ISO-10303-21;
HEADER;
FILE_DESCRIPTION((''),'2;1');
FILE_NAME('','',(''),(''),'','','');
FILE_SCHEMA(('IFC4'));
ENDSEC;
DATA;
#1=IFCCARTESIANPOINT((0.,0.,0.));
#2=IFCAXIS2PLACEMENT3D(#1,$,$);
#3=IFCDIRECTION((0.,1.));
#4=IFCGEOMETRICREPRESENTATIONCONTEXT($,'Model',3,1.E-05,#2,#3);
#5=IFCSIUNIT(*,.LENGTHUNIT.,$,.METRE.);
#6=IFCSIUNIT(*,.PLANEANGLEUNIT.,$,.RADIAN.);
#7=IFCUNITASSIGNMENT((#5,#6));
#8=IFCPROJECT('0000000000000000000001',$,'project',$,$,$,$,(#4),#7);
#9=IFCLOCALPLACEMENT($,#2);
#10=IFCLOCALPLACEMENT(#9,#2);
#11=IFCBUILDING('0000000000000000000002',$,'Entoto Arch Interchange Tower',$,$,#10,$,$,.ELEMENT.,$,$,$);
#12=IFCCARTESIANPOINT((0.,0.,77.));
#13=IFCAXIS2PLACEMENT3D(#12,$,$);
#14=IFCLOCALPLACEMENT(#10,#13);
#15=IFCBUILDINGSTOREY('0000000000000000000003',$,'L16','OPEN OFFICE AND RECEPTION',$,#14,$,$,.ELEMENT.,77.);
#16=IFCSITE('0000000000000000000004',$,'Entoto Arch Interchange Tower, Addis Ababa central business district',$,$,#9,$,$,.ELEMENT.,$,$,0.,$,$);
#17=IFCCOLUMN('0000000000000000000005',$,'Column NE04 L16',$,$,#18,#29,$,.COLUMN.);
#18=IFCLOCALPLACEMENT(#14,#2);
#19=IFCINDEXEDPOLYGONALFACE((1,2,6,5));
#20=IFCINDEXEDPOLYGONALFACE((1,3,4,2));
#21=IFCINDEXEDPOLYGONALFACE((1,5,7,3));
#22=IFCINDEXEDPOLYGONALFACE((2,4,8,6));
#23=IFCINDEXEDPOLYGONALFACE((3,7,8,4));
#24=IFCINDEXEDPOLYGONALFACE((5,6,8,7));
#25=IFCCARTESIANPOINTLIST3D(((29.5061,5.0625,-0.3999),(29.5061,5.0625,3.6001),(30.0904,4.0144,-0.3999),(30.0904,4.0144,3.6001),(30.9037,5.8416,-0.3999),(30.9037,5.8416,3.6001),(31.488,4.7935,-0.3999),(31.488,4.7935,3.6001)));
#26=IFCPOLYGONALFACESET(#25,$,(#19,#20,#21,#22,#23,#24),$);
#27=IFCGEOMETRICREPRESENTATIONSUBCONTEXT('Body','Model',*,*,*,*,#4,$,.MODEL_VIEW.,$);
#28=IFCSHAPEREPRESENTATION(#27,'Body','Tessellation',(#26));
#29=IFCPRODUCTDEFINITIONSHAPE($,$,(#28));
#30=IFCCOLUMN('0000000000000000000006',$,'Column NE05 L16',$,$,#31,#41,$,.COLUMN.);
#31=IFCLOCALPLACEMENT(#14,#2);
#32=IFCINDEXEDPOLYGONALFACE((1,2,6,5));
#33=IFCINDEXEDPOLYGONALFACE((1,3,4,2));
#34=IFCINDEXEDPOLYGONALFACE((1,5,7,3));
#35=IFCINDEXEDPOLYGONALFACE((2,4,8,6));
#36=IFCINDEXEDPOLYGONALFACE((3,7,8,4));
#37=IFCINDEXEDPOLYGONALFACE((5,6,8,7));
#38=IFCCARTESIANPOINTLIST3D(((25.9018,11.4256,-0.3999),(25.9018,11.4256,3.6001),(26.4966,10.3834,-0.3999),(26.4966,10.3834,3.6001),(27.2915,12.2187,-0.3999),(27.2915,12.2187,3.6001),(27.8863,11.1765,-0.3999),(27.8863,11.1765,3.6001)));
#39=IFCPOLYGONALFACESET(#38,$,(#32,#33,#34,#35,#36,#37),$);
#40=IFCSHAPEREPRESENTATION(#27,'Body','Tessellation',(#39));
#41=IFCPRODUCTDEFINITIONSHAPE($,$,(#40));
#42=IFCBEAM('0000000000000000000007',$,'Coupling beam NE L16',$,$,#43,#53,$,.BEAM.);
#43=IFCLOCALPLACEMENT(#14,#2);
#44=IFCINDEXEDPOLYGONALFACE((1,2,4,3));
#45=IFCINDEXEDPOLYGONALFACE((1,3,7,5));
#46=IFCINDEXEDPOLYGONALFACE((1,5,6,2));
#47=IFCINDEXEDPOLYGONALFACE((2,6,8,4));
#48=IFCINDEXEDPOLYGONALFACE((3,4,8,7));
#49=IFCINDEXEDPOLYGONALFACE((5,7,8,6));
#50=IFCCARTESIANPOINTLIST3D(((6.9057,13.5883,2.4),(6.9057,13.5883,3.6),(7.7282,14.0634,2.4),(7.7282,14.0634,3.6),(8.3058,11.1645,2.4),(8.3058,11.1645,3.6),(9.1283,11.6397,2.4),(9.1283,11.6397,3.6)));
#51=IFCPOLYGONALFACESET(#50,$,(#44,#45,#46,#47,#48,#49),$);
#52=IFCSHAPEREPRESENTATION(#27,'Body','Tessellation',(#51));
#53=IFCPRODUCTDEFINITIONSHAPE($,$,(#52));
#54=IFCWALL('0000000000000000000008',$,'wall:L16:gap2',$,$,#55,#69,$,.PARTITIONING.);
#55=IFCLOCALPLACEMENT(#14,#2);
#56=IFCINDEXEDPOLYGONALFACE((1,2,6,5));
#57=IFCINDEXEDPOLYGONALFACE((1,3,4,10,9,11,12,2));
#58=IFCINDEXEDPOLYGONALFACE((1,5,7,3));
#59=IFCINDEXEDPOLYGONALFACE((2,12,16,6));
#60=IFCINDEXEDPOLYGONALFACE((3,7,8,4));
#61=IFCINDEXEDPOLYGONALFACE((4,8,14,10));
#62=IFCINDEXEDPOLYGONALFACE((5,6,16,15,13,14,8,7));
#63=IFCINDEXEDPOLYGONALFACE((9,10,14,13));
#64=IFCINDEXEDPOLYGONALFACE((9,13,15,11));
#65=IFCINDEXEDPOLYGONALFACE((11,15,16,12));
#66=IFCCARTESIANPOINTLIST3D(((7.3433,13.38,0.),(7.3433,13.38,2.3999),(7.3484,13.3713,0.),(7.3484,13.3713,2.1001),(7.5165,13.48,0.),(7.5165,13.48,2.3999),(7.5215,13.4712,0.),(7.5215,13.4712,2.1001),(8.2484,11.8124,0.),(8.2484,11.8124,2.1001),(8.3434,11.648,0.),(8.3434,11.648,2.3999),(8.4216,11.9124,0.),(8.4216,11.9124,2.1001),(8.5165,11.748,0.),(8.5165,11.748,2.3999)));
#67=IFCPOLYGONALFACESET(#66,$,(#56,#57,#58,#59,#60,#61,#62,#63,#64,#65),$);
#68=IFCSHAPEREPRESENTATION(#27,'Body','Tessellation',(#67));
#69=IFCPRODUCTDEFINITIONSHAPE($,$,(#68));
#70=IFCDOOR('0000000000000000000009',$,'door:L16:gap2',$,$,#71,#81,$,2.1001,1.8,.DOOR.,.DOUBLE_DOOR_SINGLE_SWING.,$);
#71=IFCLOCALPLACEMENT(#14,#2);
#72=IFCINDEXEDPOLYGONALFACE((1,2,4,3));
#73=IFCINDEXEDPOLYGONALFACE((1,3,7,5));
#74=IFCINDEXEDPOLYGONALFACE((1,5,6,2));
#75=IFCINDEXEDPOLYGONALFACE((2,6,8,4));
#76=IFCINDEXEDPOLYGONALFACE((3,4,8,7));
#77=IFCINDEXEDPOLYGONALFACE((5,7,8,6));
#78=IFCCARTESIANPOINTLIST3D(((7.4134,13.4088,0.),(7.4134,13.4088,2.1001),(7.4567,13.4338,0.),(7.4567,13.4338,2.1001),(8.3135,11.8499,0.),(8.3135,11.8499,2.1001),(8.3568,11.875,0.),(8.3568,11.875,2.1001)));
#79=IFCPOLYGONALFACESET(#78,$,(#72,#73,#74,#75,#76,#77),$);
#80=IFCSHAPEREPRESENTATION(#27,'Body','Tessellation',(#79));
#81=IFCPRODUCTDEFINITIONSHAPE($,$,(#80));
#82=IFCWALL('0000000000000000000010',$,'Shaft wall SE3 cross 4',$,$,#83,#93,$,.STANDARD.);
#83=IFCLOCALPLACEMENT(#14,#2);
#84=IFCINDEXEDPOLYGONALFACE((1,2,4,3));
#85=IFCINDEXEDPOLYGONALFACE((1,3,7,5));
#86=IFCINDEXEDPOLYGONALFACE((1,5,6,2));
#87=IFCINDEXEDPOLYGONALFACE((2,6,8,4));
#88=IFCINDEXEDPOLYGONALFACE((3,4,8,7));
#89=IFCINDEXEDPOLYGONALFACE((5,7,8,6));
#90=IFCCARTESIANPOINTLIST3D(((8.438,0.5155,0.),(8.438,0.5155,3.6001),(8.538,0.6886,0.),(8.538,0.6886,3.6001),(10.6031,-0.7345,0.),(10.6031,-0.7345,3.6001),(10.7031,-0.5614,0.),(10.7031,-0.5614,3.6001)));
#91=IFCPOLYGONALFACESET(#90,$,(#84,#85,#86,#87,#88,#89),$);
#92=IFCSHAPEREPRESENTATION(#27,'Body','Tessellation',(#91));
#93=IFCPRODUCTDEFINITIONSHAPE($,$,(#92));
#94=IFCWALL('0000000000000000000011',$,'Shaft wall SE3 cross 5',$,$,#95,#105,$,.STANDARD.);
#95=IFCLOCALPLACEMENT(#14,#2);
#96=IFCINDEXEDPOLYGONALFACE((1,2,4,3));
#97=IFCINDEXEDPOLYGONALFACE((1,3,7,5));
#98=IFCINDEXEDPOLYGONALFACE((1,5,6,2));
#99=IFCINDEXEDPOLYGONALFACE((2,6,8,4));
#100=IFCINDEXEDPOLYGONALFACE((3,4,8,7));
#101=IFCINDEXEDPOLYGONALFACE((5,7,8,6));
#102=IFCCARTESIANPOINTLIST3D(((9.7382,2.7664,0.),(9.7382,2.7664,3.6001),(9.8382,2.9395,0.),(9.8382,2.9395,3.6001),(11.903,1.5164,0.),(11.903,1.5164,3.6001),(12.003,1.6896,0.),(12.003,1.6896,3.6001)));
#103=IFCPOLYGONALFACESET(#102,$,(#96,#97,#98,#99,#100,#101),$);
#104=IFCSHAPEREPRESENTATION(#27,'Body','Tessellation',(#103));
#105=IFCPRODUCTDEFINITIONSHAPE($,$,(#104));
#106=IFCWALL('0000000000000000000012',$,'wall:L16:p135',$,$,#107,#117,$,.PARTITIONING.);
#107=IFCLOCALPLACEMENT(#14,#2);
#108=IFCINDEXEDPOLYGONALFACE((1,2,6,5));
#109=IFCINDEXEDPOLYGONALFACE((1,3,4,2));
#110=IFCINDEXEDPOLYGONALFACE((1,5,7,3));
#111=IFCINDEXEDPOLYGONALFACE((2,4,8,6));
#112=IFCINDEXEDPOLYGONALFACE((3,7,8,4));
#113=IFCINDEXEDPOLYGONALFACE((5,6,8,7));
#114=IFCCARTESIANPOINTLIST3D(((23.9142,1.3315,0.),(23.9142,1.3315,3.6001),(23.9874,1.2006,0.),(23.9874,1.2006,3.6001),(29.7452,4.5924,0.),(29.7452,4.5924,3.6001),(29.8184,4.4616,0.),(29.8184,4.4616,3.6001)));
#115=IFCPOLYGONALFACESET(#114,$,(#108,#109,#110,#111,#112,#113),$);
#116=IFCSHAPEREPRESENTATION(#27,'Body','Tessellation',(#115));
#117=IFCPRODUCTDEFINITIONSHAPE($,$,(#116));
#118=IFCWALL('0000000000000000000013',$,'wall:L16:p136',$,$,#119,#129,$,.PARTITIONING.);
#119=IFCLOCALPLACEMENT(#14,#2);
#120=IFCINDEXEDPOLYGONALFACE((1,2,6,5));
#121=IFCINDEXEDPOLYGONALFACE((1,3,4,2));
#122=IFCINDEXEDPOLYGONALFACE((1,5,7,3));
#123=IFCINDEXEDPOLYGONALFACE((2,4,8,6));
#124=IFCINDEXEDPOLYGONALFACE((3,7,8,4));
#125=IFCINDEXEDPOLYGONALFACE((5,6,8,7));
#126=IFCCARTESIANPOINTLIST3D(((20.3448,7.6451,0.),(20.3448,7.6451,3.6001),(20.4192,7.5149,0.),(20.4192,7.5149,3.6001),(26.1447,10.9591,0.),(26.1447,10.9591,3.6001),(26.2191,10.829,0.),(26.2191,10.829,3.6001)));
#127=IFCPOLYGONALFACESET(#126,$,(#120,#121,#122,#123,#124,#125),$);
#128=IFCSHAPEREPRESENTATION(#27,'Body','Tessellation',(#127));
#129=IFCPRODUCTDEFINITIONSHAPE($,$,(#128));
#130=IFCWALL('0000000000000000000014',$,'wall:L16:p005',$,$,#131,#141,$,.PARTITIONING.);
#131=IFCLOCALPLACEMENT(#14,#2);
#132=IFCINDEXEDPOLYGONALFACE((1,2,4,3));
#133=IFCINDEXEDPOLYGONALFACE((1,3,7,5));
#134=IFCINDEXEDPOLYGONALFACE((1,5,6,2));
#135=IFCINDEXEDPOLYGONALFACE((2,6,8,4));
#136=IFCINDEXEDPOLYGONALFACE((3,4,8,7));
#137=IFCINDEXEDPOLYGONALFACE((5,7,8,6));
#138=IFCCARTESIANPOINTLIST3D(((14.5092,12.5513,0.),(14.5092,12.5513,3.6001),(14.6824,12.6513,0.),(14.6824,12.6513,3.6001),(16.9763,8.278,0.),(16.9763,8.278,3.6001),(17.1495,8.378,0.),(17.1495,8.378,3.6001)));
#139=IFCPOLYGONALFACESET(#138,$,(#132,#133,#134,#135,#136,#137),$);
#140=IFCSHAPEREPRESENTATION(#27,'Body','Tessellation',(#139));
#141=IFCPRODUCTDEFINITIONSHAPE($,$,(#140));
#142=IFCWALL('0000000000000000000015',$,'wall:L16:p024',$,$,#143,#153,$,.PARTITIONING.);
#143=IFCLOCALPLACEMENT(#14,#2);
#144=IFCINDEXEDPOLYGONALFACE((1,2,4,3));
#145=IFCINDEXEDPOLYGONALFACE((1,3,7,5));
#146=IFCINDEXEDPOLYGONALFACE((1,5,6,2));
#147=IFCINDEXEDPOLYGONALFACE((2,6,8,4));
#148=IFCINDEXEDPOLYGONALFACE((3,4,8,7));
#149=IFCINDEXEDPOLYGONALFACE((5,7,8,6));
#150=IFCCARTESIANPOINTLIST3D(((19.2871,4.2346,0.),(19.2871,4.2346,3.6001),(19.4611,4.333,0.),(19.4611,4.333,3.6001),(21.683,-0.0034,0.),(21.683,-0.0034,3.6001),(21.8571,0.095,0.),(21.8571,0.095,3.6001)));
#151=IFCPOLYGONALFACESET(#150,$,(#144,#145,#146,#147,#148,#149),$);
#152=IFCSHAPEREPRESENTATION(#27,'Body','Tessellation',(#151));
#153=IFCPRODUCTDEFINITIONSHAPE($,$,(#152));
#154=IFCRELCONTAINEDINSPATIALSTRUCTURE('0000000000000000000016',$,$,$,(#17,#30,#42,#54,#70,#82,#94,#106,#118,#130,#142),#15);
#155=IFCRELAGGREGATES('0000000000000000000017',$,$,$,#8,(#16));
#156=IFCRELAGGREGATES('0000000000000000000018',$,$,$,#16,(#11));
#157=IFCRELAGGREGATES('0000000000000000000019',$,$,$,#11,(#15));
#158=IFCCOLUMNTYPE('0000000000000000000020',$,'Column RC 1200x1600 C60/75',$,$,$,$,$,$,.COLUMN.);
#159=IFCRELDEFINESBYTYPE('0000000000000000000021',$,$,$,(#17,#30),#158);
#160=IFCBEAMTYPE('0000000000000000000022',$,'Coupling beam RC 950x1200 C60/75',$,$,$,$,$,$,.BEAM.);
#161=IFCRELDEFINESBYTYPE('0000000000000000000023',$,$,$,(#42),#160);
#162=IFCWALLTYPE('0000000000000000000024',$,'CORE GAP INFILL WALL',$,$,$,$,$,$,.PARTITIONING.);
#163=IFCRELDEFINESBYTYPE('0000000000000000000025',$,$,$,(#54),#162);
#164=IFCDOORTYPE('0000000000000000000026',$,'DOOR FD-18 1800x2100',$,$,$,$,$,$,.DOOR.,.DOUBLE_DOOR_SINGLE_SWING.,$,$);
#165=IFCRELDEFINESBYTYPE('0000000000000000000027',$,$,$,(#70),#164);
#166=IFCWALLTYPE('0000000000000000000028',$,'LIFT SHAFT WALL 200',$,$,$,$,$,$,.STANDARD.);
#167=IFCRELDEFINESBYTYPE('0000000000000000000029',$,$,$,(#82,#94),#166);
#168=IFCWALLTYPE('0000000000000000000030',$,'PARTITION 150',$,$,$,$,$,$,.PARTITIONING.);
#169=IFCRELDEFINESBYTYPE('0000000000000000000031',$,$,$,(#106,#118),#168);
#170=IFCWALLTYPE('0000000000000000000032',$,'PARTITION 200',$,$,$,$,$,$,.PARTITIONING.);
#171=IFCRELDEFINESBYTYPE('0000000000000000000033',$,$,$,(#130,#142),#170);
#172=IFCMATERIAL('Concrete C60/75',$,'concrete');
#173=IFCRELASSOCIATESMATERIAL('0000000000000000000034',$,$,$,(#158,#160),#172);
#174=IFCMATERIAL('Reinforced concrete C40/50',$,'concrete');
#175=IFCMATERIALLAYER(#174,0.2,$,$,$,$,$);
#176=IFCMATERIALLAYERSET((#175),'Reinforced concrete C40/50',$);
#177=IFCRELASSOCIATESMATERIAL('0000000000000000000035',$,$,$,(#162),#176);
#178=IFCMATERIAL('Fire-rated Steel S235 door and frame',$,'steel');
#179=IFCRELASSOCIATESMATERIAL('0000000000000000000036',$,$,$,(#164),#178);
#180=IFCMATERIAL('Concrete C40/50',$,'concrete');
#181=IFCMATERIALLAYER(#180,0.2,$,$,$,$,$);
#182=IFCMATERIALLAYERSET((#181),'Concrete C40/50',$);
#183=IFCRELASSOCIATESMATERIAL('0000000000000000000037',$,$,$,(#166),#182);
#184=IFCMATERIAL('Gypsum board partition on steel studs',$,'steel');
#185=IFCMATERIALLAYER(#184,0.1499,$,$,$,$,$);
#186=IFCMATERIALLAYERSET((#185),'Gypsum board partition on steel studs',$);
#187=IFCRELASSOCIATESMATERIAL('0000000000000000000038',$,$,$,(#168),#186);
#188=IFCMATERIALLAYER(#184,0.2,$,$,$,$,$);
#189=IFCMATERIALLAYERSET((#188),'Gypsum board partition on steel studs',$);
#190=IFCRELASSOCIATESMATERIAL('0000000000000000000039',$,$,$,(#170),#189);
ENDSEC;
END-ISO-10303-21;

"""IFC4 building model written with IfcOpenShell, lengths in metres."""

from ifc_helpers import new_model, si_unit, direction, frame, frame_2d, origin, origin_2d, place, context, subcontext, project, spatial, rectangle, extrude, material, layer, layer_set, material_profile, profile_set, type_object, element, fill, save


model = new_model("IFC4")

# Units and contexts
model_context = context("Model", 3, precision=1e-05, world=origin(), true_north=direction((0.0, 1.0)))
body_context = subcontext(model_context, "Body", "Model", "MODEL_VIEW")
ifc_project = project(units=[si_unit("LENGTHUNIT", "METRE"), si_unit("PLANEANGLEUNIT", "RADIAN")], contexts=[model_context])

# Site, building, storey
site_placement = place(None, origin())
site = spatial("IfcSite", under=ifc_project, at=site_placement, Name="Entoto Arch Interchange Tower, Addis Ababa central business district", CompositionType="ELEMENT", RefElevation=0.0)
building_placement = place(site_placement, origin())
building = spatial("IfcBuilding", under=site, at=building_placement, Name="Entoto Arch Interchange Tower", CompositionType="ELEMENT")
storey_placement = place(building_placement, frame((0.0, 0.0, 77.0)))
storey = spatial("IfcBuildingStorey", under=building, at=storey_placement, Name="L16", Description="OPEN OFFICE AND RECEPTION", CompositionType="ELEMENT", Elevation=77.0)

# Columns
ifc_material_1 = material(Name="Concrete C60/75", Category="concrete")
ifc_material_profile_1 = material_profile(ifc_material_1, rectangle(XDim=1.2, YDim=1.6001, at=origin_2d()))
ifc_profile_set_1 = profile_set([ifc_material_profile_1], Name="Concrete C60/75")
column_type = type_object("IfcColumnType", Name="Column RC 1200x1600 C60/75", PredefinedType="COLUMN", material=ifc_profile_set_1)
for number, where, z_axis, x_axis, name in (
    (1, (30.4971, 4.928, -0.3999), (0.0, 0.0, 1.0), (-0.486915, 0.873449, 0.0), "Column NE04 L16"),
    (2, (26.894, 11.301, -0.3999), (0.0, 0.0, 1.0), (-0.495656, 0.868519, 0.0), "Column NE05 L16"),
):
    element("IfcColumn", number, at=place(storey_placement, frame(where, z_axis=z_axis, x_axis=x_axis)), inside=storey, type_object=column_type, Name=name, PredefinedType="COLUMN", context=body_context, shape_type="SweptSolid", body=[
        extrude(rectangle(XDim=1.2, YDim=1.6001, at=origin_2d()), origin(), (0.0, 0.0, 1.0), 4.0),
    ])

# Beam
ifc_material_profile_2 = material_profile(ifc_material_1, rectangle(XDim=0.95, YDim=1.2, at=origin_2d()))
ifc_profile_set_2 = profile_set([ifc_material_profile_2], Name="Concrete C60/75")
beam_type = type_object("IfcBeamType", Name="Coupling beam RC 950x1200 C60/75", PredefinedType="BEAM", material=ifc_profile_set_2)
beam_placement = place(storey_placement, frame((8.717, 11.4021, 3.0), z_axis=(-0.500201, 0.86591, 0.0), x_axis=(-0.86591, -0.500201, 0.0)))
element("IfcBeam", 3, at=beam_placement, inside=storey, type_object=beam_type, Name="Coupling beam NE L16", PredefinedType="BEAM", context=body_context, shape_type="SweptSolid", body=[
    extrude(rectangle(XDim=0.95, YDim=1.2, at=origin_2d()), origin(), (0.0, 0.0, 1.0), 2.7991),
])

# Wall, opening, door
ifc_material_2 = material(Name="Reinforced concrete C40/50", Category="concrete")
ifc_layer_1 = layer(ifc_material_2, 0.2)
ifc_layer_set_1 = layer_set([ifc_layer_1], Name="Reinforced concrete C40/50")
wall_type_1 = type_object("IfcWallType", Name="CORE GAP INFILL WALL", PredefinedType="PARTITIONING", material=ifc_layer_set_1)
wall_1_placement = place(storey_placement, frame((8.4299, 11.698, 0.0), z_axis=(0.0, 0.0, 1.0), x_axis=(-0.500025, 0.866011, 0.0)))
wall_1 = element("IfcWall", 4, at=wall_1_placement, inside=storey, type_object=wall_type_1, Name="wall:L16:gap2", PredefinedType="PARTITIONING", context=body_context, shape_type="SweptSolid", body=[
    extrude(rectangle(XDim=2.0, YDim=0.2, at=frame_2d((1.0, 0.0))), origin(), (0.0, 0.0, 1.0), 2.3999),
])
opening_1_placement = place(wall_1_placement, frame((0.1899, 0.0, 0.0)))
opening_1 = element("IfcOpeningElement", 5, at=opening_1_placement, cuts=wall_1, PredefinedType="OPENING", context=body_context, shape_type="SweptSolid", body=[
    extrude(rectangle(XDim=1.8, YDim=2.1001, at=frame_2d((0.8999, 1.05))), frame((0.0, 0.1099, 0.0), z_axis=(0.0, -1.0, 0.0), x_axis=(1.0, 0.0, 0.0)), (0.0, 0.0, 1.0), 0.22),
])
ifc_material_3 = material(Name="Fire-rated Steel S235 door and frame", Category="steel")
door_type_1 = type_object("IfcDoorType", Name="DOOR FD-18 1800x2100", OperationType="DOUBLE_DOOR_SINGLE_SWING", PredefinedType="DOOR", material=ifc_material_3)
door_1_placement = place(opening_1_placement, origin())
door_1 = element("IfcDoor", 6, at=door_1_placement, inside=storey, type_object=door_type_1, Name="door:L16:gap2", OperationType="DOUBLE_DOOR_SINGLE_SWING", OverallHeight=2.1001, OverallWidth=1.8, PredefinedType="DOOR", context=body_context, shape_type="SweptSolid", body=[
    extrude(rectangle(XDim=1.8, YDim=2.1001, at=frame_2d((0.8999, 1.05))), frame((0.0, 0.0249, 0.0), z_axis=(0.0, -1.0, 0.0), x_axis=(1.0, 0.0, 0.0)), (0.0, 0.0, 1.0), 0.05),
])
fill(opening_1, door_1)

# Walls
ifc_material_4 = material(Name="Concrete C40/50", Category="concrete")
ifc_layer_2 = layer(ifc_material_4, 0.2)
ifc_layer_set_2 = layer_set([ifc_layer_2], Name="Concrete C40/50")
wall_type_2 = type_object("IfcWallType", Name="LIFT SHAFT WALL 200", PredefinedType="STANDARD", material=ifc_layer_set_2)
wall_2_placement = place(storey_placement, frame((8.488, 0.6021, 0.0), z_axis=(0.0, 0.0, 1.0), x_axis=(0.866023, -0.500004, 0.0)))
element("IfcWall", 7, at=wall_2_placement, inside=storey, type_object=wall_type_2, Name="Shaft wall SE3 cross 4", PredefinedType="STANDARD", context=body_context, shape_type="SweptSolid", body=[
    extrude(rectangle(XDim=2.5, YDim=0.2, at=frame_2d((1.25, 0.0))), origin(), (0.0, 0.0, 1.0), 3.6001),
])
wall_3_placement = place(storey_placement, frame((9.7881, 2.853, 0.0), z_axis=(0.0, 0.0, 1.0), x_axis=(0.865999, -0.500047, 0.0)))
element("IfcWall", 8, at=wall_3_placement, inside=storey, type_object=wall_type_2, Name="Shaft wall SE3 cross 5", PredefinedType="STANDARD", context=body_context, shape_type="SweptSolid", body=[
    extrude(rectangle(XDim=2.4998, YDim=0.2, at=frame_2d((1.25, 0.0))), origin(), (0.0, 0.0, 1.0), 3.6001),
])
ifc_material_5 = material(Name="Gypsum board partition on steel studs", Category="steel")
ifc_layer_3 = layer(ifc_material_5, 0.1499)
ifc_layer_set_3 = layer_set([ifc_layer_3], Name="Gypsum board partition on steel studs")
wall_type_3 = type_object("IfcWallType", Name="PARTITION 150", PredefinedType="PARTITIONING", material=ifc_layer_set_3)
wall_4_placement = place(storey_placement, frame((23.9509, 1.2661, 0.0), z_axis=(0.0, 0.0, 1.0), x_axis=(0.872787, 0.488101, 0.0)))
element("IfcWall", 9, at=wall_4_placement, inside=storey, type_object=wall_type_3, Name="wall:L16:p135", PredefinedType="PARTITIONING", context=body_context, shape_type="SweptSolid", body=[
    extrude(rectangle(XDim=6.6809, YDim=0.1499, at=frame_2d((3.3403, 0.0))), origin(), (0.0, 0.0, 1.0), 3.6001),
])
wall_5_placement = place(storey_placement, frame((20.3821, 7.5801, 0.0), z_axis=(0.0, 0.0, 1.0), x_axis=(0.868257, 0.496115, 0.0)))
element("IfcWall", 10, at=wall_5_placement, inside=storey, type_object=wall_type_3, Name="wall:L16:p136", PredefinedType="PARTITIONING", context=body_context, shape_type="SweptSolid", body=[
    extrude(rectangle(XDim=6.6799, YDim=0.1499, at=frame_2d((3.3398, 0.0))), origin(), (0.0, 0.0, 1.0), 3.6001),
])
ifc_layer_4 = layer(ifc_material_5, 0.2)
ifc_layer_set_4 = layer_set([ifc_layer_4], Name="Gypsum board partition on steel studs")
wall_type_4 = type_object("IfcWallType", Name="PARTITION 200", PredefinedType="PARTITIONING", material=ifc_layer_set_4)
wall_6_placement = place(storey_placement, frame((17.063, 8.3279, 0.0), z_axis=(0.0, 0.0, 1.0), x_axis=(-0.499987, 0.866033, 0.0)))
element("IfcWall", 11, at=wall_6_placement, inside=storey, type_object=wall_type_4, Name="wall:L16:p005", PredefinedType="PARTITIONING", context=body_context, shape_type="SweptSolid", body=[
    extrude(rectangle(XDim=4.9343, YDim=0.2, at=frame_2d((2.4673, 0.0))), origin(), (0.0, 0.0, 1.0), 3.6001),
])
wall_7_placement = place(storey_placement, frame((21.77, 0.0459, 0.0), z_axis=(0.0, 0.0, 1.0), x_axis=(-0.492148, 0.870511, 0.0)))
element("IfcWall", 12, at=wall_7_placement, inside=storey, type_object=wall_type_4, Name="wall:L16:p024", PredefinedType="PARTITIONING", context=body_context, shape_type="SweptSolid", body=[
    extrude(rectangle(XDim=4.8684, YDim=0.2, at=frame_2d((2.4341, 0.0))), origin(), (0.0, 0.0, 1.0), 3.6001),
])

save(model, "model.ifc")
